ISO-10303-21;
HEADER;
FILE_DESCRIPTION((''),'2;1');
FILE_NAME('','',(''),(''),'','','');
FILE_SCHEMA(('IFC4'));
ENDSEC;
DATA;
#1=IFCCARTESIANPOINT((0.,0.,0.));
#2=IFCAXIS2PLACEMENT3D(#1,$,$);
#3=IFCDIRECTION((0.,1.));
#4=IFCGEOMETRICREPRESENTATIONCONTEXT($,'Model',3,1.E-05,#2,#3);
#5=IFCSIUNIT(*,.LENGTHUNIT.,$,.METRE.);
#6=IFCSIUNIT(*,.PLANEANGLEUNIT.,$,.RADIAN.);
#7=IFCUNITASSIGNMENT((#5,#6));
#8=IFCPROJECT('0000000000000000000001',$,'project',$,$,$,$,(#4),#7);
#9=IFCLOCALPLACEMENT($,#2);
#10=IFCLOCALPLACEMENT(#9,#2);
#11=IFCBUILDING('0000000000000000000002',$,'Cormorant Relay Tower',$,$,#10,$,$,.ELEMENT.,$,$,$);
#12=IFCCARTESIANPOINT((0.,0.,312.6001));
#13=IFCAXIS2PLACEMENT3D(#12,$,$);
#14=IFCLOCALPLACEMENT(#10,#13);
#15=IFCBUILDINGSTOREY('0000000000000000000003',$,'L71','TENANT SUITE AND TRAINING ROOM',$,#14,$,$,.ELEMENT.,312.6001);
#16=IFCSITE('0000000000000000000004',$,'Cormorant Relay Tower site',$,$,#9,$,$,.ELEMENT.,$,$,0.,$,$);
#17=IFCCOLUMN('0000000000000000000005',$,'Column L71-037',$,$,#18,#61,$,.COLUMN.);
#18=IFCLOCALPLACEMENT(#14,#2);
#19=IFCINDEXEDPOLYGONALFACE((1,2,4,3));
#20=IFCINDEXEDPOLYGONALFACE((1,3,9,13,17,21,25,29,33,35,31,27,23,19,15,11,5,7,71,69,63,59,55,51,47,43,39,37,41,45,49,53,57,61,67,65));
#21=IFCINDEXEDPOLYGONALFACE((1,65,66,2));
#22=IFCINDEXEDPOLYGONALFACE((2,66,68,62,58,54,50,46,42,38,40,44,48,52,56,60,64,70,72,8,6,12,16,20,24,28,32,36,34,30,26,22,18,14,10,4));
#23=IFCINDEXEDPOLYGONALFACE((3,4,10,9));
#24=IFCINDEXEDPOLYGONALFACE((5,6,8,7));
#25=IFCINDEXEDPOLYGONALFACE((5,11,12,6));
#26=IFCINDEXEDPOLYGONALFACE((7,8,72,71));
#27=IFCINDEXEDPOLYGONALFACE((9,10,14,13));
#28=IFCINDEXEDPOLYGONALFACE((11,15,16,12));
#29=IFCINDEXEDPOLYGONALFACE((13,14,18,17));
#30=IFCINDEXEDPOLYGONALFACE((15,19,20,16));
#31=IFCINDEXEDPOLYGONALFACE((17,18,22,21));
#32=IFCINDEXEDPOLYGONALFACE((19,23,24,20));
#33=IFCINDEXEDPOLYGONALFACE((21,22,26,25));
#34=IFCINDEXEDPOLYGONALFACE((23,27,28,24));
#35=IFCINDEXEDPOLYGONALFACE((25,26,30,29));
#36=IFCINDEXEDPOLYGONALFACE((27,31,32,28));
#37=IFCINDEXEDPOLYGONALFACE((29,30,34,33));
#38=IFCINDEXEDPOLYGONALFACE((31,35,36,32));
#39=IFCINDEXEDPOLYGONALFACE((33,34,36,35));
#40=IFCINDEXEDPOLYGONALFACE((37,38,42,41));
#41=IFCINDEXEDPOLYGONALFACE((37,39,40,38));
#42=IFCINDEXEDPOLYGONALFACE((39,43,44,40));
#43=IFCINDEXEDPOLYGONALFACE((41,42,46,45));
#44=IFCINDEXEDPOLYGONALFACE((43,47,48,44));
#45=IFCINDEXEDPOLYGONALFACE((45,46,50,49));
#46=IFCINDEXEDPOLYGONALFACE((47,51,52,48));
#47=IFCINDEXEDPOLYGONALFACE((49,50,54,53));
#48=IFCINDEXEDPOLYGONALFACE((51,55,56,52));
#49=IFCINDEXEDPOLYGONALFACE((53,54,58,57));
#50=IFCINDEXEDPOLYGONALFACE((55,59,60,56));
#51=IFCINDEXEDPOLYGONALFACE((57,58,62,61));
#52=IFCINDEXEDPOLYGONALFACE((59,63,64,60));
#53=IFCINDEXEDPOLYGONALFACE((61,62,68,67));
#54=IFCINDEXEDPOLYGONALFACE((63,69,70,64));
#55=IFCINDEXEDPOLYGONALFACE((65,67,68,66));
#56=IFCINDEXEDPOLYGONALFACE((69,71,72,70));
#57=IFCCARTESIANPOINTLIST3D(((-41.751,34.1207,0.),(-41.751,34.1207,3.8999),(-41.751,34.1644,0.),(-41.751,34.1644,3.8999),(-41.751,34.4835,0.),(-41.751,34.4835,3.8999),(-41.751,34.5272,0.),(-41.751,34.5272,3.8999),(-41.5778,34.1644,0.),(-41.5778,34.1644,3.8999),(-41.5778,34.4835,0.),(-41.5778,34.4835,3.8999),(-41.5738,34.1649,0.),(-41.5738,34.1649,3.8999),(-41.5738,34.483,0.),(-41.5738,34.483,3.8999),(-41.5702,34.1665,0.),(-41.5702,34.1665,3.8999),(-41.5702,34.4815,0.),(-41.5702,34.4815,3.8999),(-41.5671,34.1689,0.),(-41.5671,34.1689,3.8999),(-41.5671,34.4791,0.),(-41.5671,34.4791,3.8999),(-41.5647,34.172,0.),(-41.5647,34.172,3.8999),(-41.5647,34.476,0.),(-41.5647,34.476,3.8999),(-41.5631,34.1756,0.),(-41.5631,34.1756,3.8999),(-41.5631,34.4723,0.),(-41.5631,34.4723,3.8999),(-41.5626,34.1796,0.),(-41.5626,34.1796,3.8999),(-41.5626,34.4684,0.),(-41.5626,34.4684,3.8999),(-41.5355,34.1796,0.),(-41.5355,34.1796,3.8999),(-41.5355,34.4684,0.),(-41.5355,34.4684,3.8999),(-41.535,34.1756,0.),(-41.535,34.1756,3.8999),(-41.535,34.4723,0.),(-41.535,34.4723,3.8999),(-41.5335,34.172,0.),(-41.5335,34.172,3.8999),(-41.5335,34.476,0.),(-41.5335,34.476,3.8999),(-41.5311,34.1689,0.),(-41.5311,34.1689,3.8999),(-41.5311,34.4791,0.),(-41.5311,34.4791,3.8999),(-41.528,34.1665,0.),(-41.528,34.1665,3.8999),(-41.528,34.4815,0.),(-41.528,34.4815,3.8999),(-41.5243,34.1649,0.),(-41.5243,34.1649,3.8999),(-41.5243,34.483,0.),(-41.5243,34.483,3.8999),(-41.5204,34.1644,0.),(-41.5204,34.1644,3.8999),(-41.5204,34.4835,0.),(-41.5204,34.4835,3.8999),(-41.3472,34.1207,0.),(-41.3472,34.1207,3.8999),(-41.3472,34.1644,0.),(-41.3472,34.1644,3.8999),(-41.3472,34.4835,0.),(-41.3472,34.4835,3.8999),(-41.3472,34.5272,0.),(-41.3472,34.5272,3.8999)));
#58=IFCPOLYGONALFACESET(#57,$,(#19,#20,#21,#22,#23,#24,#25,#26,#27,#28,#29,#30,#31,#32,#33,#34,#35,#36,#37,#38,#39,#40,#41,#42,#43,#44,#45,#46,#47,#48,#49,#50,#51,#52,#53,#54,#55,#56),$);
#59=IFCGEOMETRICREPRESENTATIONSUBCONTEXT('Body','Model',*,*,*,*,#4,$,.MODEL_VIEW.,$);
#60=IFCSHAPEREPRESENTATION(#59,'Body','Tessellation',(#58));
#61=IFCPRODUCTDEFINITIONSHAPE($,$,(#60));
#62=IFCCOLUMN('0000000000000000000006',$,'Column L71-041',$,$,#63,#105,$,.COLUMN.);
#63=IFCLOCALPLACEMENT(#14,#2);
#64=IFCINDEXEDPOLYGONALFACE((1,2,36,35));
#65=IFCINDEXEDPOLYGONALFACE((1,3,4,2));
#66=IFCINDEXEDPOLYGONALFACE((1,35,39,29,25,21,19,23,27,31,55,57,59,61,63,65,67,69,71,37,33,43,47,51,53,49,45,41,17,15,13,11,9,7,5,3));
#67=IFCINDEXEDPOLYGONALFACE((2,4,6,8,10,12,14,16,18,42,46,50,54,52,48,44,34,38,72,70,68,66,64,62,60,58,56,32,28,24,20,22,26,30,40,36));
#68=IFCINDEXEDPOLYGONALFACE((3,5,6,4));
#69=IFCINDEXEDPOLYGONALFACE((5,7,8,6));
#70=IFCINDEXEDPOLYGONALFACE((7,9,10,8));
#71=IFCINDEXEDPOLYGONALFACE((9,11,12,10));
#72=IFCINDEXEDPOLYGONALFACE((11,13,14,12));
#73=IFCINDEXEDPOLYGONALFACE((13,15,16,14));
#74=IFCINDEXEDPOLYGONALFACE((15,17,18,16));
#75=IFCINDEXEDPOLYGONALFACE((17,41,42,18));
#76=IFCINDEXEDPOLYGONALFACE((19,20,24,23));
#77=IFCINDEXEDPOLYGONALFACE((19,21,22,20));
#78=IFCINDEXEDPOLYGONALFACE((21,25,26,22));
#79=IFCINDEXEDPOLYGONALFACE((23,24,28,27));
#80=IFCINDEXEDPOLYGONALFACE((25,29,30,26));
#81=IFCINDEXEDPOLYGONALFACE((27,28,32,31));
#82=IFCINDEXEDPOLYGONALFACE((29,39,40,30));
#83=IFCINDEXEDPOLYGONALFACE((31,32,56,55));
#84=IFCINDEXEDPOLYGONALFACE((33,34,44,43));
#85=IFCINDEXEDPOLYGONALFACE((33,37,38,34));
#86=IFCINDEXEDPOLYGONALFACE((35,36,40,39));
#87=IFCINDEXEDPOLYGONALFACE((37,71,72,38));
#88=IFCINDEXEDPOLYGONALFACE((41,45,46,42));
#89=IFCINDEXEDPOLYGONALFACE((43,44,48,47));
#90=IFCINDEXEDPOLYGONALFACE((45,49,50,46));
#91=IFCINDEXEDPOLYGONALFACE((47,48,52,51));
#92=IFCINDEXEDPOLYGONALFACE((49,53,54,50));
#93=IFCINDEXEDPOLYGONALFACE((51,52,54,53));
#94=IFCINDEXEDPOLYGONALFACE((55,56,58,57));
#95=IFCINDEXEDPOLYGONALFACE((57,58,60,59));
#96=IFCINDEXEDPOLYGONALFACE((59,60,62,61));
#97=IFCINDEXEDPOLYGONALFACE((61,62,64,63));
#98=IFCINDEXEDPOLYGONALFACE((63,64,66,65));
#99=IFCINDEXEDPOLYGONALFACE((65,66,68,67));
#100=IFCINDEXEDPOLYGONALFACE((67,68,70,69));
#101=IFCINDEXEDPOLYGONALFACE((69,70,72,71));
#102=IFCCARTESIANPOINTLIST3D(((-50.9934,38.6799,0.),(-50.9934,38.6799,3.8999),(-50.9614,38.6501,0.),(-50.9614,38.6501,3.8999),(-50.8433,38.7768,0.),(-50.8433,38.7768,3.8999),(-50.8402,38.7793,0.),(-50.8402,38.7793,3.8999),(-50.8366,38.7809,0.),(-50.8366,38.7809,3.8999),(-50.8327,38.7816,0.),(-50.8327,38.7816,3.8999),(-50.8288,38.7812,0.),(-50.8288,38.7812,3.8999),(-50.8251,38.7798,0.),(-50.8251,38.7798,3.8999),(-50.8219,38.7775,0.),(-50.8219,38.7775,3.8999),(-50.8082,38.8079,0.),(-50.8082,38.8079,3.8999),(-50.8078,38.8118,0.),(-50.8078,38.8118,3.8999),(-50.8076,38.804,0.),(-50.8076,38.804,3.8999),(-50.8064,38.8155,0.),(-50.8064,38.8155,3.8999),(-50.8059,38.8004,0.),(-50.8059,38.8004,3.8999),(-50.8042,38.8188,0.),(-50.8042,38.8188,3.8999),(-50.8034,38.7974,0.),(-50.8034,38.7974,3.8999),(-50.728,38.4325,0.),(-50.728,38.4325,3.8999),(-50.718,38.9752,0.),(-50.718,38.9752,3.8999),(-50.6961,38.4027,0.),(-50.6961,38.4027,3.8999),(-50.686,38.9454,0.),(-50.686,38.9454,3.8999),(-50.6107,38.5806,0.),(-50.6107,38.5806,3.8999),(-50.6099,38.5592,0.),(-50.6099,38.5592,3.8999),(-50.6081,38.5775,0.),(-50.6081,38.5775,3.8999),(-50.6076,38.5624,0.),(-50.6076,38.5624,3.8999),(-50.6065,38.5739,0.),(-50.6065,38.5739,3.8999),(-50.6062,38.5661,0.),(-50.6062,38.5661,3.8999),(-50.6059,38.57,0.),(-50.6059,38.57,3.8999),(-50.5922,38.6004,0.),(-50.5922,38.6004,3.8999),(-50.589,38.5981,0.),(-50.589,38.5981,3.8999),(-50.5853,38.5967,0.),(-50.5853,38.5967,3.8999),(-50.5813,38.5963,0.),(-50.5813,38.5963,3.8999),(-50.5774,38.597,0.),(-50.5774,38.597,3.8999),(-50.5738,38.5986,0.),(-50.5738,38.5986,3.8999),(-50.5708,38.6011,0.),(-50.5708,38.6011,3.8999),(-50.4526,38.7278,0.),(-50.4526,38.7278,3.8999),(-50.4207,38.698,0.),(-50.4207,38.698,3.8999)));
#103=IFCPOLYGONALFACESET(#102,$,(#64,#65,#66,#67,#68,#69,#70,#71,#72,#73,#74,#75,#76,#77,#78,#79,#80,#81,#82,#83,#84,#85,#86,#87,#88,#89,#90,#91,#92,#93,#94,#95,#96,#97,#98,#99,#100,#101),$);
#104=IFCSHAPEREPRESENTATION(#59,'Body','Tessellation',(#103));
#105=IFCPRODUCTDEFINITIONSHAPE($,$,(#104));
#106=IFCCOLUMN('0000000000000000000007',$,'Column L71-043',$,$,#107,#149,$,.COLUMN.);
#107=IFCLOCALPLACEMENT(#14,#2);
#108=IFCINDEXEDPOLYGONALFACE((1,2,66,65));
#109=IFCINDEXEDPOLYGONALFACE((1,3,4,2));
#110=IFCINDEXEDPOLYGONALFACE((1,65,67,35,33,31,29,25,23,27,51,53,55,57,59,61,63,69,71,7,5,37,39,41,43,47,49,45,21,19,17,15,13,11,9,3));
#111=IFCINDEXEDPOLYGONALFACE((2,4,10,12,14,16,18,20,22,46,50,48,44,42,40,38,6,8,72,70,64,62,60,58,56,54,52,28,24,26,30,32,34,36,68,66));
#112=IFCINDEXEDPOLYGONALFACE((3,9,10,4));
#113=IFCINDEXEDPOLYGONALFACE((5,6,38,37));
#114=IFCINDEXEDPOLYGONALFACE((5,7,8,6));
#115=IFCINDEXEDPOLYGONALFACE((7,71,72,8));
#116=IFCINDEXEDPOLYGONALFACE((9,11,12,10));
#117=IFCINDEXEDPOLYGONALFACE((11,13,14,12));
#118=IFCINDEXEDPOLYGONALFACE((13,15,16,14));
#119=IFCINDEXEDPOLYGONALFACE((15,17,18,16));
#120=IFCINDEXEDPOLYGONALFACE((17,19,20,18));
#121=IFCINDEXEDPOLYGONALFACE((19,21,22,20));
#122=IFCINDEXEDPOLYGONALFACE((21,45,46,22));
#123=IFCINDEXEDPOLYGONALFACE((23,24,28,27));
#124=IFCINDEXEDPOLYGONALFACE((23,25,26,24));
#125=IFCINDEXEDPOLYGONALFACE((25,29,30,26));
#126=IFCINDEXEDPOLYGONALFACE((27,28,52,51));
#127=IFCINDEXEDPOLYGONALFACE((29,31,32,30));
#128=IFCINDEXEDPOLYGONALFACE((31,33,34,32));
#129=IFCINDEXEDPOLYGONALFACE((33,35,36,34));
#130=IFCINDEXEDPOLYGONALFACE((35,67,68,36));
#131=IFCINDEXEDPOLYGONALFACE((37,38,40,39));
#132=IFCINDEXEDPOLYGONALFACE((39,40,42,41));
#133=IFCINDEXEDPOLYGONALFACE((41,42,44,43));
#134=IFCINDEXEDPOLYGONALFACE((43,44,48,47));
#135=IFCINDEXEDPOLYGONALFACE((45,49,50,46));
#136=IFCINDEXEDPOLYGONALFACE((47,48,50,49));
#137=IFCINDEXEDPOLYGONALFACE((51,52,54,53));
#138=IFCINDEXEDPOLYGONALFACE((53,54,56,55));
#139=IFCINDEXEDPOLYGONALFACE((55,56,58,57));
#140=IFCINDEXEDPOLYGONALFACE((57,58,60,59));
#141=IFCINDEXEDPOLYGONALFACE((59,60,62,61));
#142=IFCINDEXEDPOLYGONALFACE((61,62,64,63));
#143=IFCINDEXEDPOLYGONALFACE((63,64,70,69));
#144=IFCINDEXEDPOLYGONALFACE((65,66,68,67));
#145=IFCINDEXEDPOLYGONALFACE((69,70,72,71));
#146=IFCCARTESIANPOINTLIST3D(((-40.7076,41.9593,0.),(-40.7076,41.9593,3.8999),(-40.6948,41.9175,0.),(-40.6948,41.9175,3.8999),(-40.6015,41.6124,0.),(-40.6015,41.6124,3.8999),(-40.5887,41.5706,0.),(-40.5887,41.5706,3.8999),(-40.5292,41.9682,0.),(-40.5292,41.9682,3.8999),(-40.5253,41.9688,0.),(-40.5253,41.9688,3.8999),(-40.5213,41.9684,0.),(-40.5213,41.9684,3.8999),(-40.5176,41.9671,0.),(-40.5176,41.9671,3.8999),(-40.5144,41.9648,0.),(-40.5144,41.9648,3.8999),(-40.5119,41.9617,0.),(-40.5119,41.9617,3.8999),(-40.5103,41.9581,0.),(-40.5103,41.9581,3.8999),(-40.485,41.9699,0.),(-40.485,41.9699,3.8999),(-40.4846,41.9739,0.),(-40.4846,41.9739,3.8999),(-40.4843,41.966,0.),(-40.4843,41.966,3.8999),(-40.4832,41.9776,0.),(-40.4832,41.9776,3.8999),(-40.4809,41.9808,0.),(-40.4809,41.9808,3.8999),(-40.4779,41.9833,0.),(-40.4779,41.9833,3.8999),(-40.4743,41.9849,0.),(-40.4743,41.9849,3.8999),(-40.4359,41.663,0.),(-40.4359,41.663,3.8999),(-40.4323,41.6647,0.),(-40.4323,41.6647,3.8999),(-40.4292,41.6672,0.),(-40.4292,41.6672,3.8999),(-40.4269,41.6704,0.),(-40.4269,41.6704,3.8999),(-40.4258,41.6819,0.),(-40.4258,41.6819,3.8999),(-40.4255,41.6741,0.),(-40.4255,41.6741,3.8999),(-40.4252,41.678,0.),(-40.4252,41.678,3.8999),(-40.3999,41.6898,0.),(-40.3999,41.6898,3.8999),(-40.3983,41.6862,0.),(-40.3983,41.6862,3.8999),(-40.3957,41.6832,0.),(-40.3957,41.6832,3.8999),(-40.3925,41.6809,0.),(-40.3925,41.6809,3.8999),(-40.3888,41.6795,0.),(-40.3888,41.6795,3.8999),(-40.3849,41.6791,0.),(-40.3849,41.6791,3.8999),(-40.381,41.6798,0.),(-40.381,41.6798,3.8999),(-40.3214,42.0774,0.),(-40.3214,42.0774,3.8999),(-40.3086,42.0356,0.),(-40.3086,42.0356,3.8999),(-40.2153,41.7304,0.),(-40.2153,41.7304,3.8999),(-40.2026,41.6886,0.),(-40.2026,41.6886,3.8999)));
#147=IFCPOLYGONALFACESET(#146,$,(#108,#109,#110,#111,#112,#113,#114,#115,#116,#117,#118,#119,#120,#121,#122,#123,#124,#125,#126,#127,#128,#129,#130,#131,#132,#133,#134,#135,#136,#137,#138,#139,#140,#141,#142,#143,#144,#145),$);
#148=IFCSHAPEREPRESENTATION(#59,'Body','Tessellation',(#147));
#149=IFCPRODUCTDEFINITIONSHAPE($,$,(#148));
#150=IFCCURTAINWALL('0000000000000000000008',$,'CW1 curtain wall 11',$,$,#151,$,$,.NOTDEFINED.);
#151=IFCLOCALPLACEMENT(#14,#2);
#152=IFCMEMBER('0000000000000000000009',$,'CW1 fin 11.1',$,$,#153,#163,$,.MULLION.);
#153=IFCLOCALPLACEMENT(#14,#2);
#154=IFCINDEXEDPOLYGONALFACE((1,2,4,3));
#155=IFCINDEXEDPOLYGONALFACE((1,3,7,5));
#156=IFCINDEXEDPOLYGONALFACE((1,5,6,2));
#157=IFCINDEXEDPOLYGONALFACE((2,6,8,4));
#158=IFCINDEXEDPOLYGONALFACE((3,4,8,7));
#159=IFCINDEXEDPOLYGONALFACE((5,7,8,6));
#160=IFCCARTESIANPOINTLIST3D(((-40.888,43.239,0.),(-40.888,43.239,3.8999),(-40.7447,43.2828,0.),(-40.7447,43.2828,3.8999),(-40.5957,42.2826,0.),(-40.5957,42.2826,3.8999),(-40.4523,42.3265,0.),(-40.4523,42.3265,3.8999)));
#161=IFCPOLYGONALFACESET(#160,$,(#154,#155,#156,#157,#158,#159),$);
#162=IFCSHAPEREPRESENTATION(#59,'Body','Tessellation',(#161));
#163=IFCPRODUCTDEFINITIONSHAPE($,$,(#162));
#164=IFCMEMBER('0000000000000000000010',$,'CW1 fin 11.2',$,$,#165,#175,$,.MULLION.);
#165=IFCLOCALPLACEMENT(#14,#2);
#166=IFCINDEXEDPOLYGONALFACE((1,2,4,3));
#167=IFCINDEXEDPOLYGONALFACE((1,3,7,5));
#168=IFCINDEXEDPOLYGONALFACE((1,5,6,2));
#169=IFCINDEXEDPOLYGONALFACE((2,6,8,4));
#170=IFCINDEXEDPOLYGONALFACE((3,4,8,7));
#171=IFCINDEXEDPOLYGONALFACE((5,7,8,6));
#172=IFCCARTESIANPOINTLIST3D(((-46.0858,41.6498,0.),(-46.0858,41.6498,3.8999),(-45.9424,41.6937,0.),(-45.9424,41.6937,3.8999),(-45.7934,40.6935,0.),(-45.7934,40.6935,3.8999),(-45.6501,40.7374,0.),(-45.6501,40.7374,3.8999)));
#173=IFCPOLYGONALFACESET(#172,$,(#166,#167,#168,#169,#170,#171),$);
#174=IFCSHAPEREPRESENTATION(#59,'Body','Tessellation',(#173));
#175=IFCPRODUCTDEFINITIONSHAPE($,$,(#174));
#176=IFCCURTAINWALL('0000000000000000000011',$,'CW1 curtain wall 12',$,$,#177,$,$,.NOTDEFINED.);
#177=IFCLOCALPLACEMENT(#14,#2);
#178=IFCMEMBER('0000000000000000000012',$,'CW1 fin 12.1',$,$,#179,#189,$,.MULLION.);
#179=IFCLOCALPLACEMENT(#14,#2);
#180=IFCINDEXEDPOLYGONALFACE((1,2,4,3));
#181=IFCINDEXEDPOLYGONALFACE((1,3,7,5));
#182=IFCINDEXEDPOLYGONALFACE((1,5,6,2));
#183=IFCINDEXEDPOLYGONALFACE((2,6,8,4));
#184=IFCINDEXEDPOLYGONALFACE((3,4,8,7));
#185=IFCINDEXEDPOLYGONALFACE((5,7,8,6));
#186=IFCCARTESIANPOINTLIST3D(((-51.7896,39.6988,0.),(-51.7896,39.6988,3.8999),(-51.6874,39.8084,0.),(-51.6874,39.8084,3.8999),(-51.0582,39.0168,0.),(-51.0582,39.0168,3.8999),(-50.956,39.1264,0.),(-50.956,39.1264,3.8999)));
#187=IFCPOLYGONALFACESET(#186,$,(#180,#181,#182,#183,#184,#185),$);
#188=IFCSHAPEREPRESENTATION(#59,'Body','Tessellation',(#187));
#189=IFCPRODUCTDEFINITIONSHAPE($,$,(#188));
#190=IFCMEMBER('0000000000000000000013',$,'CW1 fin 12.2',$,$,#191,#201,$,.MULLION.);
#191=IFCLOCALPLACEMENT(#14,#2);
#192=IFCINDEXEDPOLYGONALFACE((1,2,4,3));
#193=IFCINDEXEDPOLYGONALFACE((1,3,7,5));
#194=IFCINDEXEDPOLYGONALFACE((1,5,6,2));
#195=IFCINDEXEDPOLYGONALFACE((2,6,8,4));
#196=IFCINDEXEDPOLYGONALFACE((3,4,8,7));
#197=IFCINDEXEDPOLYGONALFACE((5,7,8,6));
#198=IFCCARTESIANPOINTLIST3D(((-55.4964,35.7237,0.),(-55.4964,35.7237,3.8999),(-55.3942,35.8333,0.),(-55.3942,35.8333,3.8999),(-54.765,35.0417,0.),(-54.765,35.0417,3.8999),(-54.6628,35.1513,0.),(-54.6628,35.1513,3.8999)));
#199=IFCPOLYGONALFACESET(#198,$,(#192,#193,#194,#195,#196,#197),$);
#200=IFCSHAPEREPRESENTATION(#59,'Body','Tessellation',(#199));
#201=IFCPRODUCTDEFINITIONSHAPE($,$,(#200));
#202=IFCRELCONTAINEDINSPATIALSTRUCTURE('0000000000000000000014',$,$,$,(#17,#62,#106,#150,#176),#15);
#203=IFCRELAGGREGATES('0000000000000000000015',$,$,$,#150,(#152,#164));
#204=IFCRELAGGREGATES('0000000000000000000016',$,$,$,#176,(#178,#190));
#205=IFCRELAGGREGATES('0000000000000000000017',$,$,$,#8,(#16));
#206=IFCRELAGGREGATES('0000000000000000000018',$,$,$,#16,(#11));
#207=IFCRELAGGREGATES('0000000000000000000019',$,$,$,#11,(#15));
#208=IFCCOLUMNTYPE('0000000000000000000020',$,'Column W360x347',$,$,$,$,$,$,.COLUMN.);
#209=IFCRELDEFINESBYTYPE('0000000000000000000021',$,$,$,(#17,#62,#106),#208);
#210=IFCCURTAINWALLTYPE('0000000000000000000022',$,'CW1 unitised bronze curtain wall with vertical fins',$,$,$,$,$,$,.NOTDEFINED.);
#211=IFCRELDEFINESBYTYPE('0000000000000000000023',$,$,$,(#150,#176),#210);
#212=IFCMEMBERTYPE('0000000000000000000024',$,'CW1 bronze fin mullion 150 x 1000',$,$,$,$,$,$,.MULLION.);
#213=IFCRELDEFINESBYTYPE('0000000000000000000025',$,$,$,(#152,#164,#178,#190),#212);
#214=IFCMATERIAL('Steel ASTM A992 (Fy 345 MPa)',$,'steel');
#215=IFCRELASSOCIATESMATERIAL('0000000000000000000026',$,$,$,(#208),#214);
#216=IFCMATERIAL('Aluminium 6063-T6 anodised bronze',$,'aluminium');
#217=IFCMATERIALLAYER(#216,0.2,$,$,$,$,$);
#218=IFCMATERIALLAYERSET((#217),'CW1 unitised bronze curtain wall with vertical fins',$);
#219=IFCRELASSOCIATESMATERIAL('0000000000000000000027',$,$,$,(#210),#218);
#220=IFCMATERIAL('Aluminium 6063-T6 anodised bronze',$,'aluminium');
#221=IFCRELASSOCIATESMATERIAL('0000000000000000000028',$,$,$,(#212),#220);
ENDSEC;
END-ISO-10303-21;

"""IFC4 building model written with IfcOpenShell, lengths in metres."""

from ifc_helpers import new_model, si_unit, direction, frame, origin, origin_2d, place, context, subcontext, project, spatial, rectangle, i_section, extrude, material, layer, layer_set, material_profile, profile_set, type_object, element, aggregate, save


model = new_model("IFC4")

# Units and contexts
model_context = context("Model", 3, precision=1e-05, world=origin(), true_north=direction((0.0, 1.0)))
body_context = subcontext(model_context, "Body", "Model", "MODEL_VIEW")
ifc_project = project(units=[si_unit("LENGTHUNIT", "METRE"), si_unit("PLANEANGLEUNIT", "RADIAN")], contexts=[model_context])

# Site, building, storey
site_placement = place(None, origin())
site = spatial("IfcSite", under=ifc_project, at=site_placement, Name="Cormorant Relay Tower site", CompositionType="ELEMENT", RefElevation=0.0)
building_placement = place(site_placement, origin())
building = spatial("IfcBuilding", under=site, at=building_placement, Name="Cormorant Relay Tower", CompositionType="ELEMENT")
storey_placement = place(building_placement, frame((0.0, 0.0, 312.6001)))
storey = spatial("IfcBuildingStorey", under=building, at=storey_placement, Name="L71", Description="TENANT SUITE AND TRAINING ROOM", CompositionType="ELEMENT", Elevation=312.6001)

# Columns
ifc_material_1 = material(Name="Steel ASTM A992 (Fy 345 MPa)", Category="steel")
ifc_material_profile_1 = material_profile(ifc_material_1, i_section(OverallWidth=0.4038, OverallDepth=0.4065, WebThickness=0.0271, FlangeThickness=0.0437, FilletRadius=0.0151, at=origin_2d()), Name="W360x347")
ifc_profile_set_1 = profile_set([ifc_material_profile_1], Name="Steel ASTM A992 (Fy 345 MPa)")
column_type = type_object("IfcColumnType", Name="Column W360x347", PredefinedType="COLUMN", material=ifc_profile_set_1)
for number, where, z_axis, x_axis, name in (
    (1, (-41.5491, 34.324, 0.0), (0.0, 0.0, 1.0), (1.0, 0.0, 0.0), "Column L71-037"),
    (2, (-50.707, 38.689, 0.0), (0.0, 0.0, 1.0), (-0.681998, -0.731354, 0.0), "Column L71-041"),
    (3, (-40.4551, 41.824, 0.0), (0.0, 0.0, 1.0), (-0.956305, -0.292372, 0.0), "Column L71-043"),
):
    element("IfcColumn", number, at=place(storey_placement, frame(where, z_axis=z_axis, x_axis=x_axis)), inside=storey, type_object=column_type, Name=name, PredefinedType="COLUMN", context=body_context, shape_type="SweptSolid", body=[
        extrude(i_section(OverallWidth=0.4038, OverallDepth=0.4065, WebThickness=0.0271, FlangeThickness=0.0437, FilletRadius=0.0151, at=origin_2d()), origin(), (0.0, 0.0, 1.0), 3.8999),
    ])

# Curtain walls, members
ifc_material_2 = material(Name="Aluminium 6063-T6 anodised bronze", Category="aluminium")
ifc_layer_1 = layer(ifc_material_2, 0.2)
ifc_layer_set_1 = layer_set([ifc_layer_1], Name="CW1 unitised bronze curtain wall with vertical fins")
curtain_wall_type = type_object("IfcCurtainWallType", Name="CW1 unitised bronze curtain wall with vertical fins", PredefinedType="NOTDEFINED", material=ifc_layer_set_1)
curtain_wall_1_placement = place(storey_placement, origin())
curtain_wall_1 = element("IfcCurtainWall", 4, at=curtain_wall_1_placement, inside=storey, type_object=curtain_wall_type, Name="CW1 curtain wall 11", PredefinedType="NOTDEFINED")
ifc_material_3 = material(Name="Aluminium 6063-T6 anodised bronze", Category="aluminium")
ifc_material_profile_2 = material_profile(ifc_material_3, rectangle(XDim=0.1499, YDim=1.0, at=origin_2d()), Name="AL 150x1000")
ifc_profile_set_2 = profile_set([ifc_material_profile_2], Name="Aluminium 6063-T6 anodised bronze")
member_type_1 = type_object("IfcMemberType", Name="CW1 bronze fin mullion 150 x 1000", PredefinedType="MULLION", material=ifc_profile_set_2)
member_1_placement = place(storey_placement, frame((-40.6702, 42.7827, 0.0), z_axis=(0.0, 0.0, 1.0), x_axis=(-0.956305, -0.292372, 0.0)))
member_1 = element("IfcMember", 5, at=member_1_placement, type_object=member_type_1, Name="CW1 fin 11.1", PredefinedType="MULLION", context=body_context, shape_type="SweptSolid", body=[
    extrude(rectangle(XDim=0.1499, YDim=1.0, at=origin_2d()), origin(), (0.0, 0.0, 1.0), 3.8999),
])
member_2_placement = place(storey_placement, frame((-45.8679, 41.1936, 0.0), z_axis=(0.0, 0.0, 1.0), x_axis=(-0.956305, -0.292372, 0.0)))
member_2 = element("IfcMember", 6, at=member_2_placement, type_object=member_type_1, Name="CW1 fin 11.2", PredefinedType="MULLION", context=body_context, shape_type="SweptSolid", body=[
    extrude(rectangle(XDim=0.1499, YDim=1.0, at=origin_2d()), origin(), (0.0, 0.0, 1.0), 3.8999),
])
curtain_wall_2_placement = place(storey_placement, origin())
curtain_wall_2 = element("IfcCurtainWall", 7, at=curtain_wall_2_placement, inside=storey, type_object=curtain_wall_type, Name="CW1 curtain wall 12", PredefinedType="NOTDEFINED")
member_3_placement = place(storey_placement, frame((-51.3728, 39.4126, 0.0), z_axis=(0.0, 0.0, 1.0), x_axis=(-0.681998, -0.731354, 0.0)))
member_3 = element("IfcMember", 8, at=member_3_placement, type_object=member_type_1, Name="CW1 fin 12.1", PredefinedType="MULLION", context=body_context, shape_type="SweptSolid", body=[
    extrude(rectangle(XDim=0.1499, YDim=1.0, at=origin_2d()), origin(), (0.0, 0.0, 1.0), 3.8999),
])
member_4_placement = place(storey_placement, frame((-55.0796, 35.4375, 0.0), z_axis=(0.0, 0.0, 1.0), x_axis=(-0.681998, -0.731354, 0.0)))
member_4 = element("IfcMember", 9, at=member_4_placement, type_object=member_type_1, Name="CW1 fin 12.2", PredefinedType="MULLION", context=body_context, shape_type="SweptSolid", body=[
    extrude(rectangle(XDim=0.1499, YDim=1.0, at=origin_2d()), origin(), (0.0, 0.0, 1.0), 3.8999),
])

aggregate(curtain_wall_1, [member_1, member_2])
aggregate(curtain_wall_2, [member_3, member_4])

save(model, "model.ifc")
